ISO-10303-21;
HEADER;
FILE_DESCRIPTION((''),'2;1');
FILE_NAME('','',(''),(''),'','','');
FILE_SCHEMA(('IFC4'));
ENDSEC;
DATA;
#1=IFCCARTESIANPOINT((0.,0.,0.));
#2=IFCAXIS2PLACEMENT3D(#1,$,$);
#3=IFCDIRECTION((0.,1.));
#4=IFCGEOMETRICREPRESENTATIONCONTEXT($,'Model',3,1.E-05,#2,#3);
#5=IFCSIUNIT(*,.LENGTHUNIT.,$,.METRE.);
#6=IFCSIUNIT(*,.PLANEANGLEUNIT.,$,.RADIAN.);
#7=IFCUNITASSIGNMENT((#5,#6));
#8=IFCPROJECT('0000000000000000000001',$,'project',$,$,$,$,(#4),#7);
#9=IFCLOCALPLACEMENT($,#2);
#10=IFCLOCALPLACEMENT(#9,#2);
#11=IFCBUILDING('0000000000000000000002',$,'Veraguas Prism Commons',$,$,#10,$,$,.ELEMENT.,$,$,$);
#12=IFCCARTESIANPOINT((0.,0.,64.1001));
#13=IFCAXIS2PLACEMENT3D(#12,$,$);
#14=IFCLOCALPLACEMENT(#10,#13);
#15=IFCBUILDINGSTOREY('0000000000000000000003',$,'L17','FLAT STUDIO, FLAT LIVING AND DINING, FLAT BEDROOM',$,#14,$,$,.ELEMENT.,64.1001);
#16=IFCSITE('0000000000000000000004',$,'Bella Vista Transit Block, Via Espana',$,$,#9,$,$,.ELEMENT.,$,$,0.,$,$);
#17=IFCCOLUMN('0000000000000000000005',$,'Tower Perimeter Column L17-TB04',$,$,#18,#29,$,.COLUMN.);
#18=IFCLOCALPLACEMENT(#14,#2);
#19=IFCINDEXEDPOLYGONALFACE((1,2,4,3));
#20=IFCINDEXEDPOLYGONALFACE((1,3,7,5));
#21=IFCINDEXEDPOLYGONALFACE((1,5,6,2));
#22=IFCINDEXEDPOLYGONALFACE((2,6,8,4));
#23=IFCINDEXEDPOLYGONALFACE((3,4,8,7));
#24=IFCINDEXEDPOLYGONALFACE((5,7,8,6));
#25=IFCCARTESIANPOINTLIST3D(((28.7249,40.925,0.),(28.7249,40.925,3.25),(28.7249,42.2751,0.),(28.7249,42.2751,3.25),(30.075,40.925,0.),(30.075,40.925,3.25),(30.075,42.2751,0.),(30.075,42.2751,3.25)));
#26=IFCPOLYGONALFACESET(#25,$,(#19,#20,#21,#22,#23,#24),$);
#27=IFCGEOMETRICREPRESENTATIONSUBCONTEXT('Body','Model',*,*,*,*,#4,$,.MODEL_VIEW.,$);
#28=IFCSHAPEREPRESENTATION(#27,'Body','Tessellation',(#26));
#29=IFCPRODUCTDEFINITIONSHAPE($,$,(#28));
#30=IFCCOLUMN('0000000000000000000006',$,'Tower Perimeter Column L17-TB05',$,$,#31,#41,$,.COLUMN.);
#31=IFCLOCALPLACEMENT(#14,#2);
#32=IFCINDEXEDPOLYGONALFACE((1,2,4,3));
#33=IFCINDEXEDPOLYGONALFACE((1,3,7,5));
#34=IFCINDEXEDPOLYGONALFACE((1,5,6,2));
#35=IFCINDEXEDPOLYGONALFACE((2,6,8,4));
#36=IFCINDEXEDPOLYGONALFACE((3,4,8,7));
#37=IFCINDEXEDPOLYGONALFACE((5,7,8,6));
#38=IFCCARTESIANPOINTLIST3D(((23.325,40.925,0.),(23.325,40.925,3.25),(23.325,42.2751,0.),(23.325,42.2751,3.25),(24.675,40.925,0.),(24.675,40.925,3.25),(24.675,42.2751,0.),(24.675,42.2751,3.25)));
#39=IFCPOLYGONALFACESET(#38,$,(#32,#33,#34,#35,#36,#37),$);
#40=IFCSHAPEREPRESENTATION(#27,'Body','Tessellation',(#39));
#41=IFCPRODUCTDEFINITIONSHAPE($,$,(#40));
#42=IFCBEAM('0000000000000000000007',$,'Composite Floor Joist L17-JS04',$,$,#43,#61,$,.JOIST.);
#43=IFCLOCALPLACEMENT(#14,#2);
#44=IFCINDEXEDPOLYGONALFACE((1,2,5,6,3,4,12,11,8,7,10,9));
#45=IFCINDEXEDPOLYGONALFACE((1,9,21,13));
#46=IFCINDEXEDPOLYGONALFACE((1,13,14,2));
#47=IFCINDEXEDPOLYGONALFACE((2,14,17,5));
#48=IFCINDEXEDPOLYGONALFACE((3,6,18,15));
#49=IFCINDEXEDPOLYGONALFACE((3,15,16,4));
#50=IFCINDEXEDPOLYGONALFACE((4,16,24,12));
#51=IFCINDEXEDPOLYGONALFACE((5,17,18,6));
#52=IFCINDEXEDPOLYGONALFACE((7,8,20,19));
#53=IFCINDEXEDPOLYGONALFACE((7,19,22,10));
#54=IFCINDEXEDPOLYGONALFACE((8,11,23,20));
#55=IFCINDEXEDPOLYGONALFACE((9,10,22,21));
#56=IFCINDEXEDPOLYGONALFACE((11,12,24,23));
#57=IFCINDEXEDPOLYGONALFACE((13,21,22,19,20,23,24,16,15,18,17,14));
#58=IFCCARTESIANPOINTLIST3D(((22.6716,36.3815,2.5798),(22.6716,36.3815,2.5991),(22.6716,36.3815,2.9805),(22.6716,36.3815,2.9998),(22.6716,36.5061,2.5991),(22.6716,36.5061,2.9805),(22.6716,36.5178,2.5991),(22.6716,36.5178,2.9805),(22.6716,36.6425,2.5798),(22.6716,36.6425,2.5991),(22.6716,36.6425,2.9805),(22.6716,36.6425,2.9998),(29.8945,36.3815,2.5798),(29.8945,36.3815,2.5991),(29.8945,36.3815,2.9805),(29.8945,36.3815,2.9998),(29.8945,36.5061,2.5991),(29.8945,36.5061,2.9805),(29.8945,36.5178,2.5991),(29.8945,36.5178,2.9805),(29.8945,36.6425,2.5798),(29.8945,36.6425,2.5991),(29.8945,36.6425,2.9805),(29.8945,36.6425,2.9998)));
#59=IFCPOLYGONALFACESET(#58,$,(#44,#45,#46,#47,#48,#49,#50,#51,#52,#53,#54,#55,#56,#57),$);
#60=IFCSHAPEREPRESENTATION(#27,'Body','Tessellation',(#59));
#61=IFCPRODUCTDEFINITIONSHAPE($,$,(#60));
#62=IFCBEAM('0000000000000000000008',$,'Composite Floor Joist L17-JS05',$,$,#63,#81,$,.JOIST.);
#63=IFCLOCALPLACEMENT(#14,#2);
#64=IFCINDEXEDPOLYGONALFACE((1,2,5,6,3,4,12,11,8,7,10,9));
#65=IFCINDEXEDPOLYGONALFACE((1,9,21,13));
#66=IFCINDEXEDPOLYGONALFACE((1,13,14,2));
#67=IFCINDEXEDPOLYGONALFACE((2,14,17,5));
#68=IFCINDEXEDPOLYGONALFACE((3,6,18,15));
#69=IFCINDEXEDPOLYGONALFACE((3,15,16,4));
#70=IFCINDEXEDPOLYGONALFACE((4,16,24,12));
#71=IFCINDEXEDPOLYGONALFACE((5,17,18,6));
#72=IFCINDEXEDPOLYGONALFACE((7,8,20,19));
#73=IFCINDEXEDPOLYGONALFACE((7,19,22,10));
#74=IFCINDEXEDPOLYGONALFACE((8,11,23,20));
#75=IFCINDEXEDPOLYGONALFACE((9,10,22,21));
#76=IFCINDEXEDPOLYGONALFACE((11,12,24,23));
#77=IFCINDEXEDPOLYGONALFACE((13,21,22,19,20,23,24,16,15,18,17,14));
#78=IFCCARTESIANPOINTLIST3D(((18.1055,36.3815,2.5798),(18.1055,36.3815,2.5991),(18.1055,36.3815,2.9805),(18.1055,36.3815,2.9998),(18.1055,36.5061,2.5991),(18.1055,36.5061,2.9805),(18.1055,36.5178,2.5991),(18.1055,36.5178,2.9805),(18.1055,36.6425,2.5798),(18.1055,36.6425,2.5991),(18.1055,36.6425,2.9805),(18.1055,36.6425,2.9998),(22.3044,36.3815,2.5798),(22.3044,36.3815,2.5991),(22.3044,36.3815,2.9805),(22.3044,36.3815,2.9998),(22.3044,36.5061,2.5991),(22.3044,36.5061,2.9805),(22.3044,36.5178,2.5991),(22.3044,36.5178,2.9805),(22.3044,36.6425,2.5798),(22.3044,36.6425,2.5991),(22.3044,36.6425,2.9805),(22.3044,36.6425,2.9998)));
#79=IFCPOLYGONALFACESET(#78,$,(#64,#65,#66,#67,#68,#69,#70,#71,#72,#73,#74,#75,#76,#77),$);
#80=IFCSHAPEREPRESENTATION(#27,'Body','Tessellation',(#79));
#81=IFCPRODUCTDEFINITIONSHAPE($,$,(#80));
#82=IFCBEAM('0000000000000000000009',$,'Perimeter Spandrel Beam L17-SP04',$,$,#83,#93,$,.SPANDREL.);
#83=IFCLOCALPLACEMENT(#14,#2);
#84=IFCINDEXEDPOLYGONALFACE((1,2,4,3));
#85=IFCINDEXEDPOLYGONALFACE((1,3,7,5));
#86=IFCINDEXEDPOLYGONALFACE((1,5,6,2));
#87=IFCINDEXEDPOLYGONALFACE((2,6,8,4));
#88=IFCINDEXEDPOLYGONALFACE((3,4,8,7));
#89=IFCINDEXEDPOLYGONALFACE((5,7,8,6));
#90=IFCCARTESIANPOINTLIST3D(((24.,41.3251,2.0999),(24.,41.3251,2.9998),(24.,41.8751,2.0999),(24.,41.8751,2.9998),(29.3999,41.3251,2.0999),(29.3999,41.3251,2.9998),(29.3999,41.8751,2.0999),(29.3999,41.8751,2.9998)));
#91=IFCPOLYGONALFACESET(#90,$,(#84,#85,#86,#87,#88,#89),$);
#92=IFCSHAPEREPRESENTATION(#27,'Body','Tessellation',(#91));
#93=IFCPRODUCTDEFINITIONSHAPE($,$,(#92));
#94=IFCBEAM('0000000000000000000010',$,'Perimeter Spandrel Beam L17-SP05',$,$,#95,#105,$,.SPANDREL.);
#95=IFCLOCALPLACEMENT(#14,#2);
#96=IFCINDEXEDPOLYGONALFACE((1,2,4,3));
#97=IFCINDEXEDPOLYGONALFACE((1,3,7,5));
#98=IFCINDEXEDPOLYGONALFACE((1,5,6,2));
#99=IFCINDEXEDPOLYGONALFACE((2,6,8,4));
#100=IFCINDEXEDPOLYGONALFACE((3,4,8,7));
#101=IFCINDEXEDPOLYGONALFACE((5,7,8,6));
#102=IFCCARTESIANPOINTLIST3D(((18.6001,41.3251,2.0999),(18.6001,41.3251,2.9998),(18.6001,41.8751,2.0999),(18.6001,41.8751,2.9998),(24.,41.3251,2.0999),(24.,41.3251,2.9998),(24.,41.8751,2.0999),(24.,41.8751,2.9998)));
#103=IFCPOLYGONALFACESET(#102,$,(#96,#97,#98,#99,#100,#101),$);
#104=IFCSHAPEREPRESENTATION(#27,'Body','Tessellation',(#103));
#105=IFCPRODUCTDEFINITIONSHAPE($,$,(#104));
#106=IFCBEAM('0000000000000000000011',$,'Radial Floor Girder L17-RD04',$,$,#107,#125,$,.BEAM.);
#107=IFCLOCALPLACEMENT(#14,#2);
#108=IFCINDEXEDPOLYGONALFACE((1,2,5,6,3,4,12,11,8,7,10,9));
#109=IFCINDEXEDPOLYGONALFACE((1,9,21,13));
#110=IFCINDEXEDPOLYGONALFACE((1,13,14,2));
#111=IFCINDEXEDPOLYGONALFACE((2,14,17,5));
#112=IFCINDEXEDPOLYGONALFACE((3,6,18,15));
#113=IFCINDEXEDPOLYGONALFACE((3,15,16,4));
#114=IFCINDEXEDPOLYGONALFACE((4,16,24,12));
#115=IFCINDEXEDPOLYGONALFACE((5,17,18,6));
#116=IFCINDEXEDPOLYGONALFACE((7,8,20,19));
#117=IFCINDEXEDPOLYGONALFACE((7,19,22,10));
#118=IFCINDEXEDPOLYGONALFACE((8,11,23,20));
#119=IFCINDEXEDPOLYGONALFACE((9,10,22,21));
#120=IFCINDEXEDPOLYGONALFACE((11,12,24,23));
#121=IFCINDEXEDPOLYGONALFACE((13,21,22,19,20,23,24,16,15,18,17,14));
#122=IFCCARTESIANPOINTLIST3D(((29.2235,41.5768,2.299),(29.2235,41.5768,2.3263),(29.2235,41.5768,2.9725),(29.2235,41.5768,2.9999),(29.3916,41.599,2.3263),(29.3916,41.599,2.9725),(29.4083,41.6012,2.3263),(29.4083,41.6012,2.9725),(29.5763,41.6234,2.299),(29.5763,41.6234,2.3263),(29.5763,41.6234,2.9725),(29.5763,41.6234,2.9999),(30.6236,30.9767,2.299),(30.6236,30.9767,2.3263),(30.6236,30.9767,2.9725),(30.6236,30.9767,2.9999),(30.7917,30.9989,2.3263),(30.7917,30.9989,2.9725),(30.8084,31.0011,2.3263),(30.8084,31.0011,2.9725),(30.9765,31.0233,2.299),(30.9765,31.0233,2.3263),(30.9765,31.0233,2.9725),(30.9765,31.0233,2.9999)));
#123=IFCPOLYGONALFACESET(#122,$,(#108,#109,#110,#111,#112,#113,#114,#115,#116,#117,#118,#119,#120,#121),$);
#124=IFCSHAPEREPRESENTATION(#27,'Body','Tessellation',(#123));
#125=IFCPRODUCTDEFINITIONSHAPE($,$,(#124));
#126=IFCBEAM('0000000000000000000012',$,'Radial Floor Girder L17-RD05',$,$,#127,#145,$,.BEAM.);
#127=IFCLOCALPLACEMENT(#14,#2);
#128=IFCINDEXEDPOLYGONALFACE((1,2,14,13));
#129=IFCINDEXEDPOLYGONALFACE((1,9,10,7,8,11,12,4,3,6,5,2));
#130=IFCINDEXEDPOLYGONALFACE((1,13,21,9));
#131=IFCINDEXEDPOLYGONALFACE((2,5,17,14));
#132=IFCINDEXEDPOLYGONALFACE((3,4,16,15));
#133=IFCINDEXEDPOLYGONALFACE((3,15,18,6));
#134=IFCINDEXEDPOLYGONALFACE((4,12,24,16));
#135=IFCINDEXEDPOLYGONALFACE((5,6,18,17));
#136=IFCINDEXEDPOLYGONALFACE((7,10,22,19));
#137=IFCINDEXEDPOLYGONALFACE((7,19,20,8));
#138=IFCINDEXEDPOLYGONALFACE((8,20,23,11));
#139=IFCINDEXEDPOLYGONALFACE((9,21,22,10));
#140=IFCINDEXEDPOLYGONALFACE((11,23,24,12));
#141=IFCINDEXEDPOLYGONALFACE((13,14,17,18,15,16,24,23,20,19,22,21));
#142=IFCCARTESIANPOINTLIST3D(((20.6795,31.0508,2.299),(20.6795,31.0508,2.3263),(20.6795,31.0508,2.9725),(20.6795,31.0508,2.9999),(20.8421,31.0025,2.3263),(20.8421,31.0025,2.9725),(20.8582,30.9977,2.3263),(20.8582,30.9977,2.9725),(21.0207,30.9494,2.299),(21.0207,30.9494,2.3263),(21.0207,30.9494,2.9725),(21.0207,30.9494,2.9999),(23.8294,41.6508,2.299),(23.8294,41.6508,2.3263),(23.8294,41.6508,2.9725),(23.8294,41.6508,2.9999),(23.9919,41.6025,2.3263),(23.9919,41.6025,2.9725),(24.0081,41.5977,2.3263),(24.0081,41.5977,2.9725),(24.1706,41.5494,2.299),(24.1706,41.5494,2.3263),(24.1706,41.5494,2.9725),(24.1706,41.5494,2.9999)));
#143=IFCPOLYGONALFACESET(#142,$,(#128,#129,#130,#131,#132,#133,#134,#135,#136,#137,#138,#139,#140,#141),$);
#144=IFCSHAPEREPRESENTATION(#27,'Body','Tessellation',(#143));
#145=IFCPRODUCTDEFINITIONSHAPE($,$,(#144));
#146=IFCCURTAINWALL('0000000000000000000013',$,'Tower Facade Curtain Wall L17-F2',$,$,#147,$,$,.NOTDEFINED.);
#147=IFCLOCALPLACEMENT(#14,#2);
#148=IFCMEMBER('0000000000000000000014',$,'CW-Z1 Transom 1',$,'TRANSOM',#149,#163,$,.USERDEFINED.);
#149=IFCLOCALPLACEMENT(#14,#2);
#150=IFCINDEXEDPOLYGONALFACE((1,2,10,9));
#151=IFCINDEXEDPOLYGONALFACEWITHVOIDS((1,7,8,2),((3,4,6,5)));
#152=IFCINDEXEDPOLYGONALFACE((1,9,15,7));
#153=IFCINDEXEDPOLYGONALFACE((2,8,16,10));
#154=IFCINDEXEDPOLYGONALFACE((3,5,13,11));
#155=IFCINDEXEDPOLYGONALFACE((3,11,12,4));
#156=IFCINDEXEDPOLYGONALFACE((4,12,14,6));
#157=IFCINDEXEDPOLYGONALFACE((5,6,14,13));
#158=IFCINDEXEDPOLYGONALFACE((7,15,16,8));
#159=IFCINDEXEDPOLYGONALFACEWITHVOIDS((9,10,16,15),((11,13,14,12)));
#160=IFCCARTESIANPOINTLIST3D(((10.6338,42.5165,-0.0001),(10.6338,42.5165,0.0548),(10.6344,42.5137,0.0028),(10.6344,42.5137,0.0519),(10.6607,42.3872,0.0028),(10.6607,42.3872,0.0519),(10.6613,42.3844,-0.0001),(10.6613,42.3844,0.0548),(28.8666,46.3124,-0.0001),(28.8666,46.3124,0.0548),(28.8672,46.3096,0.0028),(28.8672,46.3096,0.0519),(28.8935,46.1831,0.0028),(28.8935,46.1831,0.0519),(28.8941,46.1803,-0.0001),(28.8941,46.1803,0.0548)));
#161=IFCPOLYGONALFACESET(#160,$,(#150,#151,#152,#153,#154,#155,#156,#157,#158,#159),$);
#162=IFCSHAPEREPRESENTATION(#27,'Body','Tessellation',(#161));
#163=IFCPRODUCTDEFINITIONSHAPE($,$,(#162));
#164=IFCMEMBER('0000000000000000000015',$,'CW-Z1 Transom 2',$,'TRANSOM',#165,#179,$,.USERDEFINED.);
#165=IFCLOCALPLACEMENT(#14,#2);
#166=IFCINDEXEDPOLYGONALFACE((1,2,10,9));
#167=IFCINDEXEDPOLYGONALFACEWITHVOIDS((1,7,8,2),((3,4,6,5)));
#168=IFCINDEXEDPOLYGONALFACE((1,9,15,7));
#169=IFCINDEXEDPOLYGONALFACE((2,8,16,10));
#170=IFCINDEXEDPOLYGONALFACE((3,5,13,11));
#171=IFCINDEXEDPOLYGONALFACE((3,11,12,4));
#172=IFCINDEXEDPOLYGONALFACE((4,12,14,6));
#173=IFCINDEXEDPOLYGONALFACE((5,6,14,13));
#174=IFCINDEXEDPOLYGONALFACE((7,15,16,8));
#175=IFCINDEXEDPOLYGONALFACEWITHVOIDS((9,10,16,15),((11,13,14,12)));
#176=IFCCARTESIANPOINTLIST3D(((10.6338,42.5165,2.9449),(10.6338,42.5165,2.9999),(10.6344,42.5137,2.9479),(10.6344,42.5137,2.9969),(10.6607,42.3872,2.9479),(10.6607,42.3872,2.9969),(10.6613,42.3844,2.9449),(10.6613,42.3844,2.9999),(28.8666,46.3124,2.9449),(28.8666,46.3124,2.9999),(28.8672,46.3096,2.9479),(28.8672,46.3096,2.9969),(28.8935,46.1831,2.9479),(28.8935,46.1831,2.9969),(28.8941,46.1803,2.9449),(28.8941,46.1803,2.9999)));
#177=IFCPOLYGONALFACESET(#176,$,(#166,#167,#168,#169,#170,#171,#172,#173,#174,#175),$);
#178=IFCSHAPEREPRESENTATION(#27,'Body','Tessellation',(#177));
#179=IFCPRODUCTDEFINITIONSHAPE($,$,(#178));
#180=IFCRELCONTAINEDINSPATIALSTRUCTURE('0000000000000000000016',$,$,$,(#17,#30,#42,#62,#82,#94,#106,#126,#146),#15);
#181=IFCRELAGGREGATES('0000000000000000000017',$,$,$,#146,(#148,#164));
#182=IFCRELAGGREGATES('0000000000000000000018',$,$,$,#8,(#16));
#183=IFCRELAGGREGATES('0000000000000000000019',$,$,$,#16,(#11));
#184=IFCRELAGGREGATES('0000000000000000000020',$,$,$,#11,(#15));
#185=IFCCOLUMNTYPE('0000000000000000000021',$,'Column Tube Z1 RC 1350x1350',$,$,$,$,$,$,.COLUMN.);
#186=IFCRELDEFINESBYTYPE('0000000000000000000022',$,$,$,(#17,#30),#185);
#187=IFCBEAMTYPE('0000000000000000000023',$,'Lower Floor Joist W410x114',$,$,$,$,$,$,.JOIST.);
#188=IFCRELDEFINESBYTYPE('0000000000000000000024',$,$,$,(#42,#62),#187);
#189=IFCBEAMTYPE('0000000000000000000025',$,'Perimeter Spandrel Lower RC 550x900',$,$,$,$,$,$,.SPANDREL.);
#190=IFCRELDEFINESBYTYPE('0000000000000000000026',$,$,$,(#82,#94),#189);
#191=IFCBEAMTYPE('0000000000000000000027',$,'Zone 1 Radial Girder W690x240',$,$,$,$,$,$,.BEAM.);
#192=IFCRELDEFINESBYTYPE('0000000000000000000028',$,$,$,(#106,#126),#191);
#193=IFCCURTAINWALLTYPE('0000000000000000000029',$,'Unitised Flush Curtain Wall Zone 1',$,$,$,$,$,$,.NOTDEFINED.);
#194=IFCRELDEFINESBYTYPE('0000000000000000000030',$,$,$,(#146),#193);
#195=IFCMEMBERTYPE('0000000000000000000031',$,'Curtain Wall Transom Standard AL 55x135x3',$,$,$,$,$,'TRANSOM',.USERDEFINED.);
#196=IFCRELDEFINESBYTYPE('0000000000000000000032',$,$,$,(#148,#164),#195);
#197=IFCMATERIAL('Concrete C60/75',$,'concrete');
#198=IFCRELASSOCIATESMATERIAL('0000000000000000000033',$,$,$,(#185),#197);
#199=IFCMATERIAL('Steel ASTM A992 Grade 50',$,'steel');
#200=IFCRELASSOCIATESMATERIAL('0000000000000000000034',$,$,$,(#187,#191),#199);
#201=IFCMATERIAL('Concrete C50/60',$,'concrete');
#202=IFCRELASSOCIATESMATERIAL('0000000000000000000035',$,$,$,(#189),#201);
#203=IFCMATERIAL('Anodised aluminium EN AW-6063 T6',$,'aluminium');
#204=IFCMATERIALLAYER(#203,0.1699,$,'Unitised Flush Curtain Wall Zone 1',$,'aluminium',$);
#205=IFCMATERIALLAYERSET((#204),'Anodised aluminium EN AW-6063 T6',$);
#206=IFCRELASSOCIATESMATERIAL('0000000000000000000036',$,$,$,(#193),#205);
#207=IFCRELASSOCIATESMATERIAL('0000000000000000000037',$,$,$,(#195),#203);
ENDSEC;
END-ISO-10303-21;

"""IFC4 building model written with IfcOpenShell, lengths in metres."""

from ifc_helpers import new_model, si_unit, direction, frame, origin, origin_2d, place, context, subcontext, project, spatial, rectangle, hollow_rectangle, i_section, extrude, source, transform, mapped, material, layer, layer_set, material_profile, profile_set, type_object, element, aggregate, save


model = new_model("IFC4")

# Units and contexts
model_context = context("Model", 3, precision=1e-05, world=origin(), true_north=direction((0.0, 1.0)))
body_context = subcontext(model_context, "Body", "Model", "MODEL_VIEW")
ifc_project = project(units=[si_unit("LENGTHUNIT", "METRE"), si_unit("PLANEANGLEUNIT", "RADIAN")], contexts=[model_context])

# Site, building, storey
site_placement = place(None, origin())
site = spatial("IfcSite", under=ifc_project, at=site_placement, Name="Bella Vista Transit Block, Via Espana", CompositionType="ELEMENT", RefElevation=0.0)
building_placement = place(site_placement, origin())
building = spatial("IfcBuilding", under=site, at=building_placement, Name="Veraguas Prism Commons", CompositionType="ELEMENT")
storey_placement = place(building_placement, frame((0.0, 0.0, 64.1001)))
storey = spatial("IfcBuildingStorey", under=building, at=storey_placement, Name="L17", Description="FLAT STUDIO, FLAT LIVING AND DINING, FLAT BEDROOM", CompositionType="ELEMENT", Elevation=64.1001)

# Columns
ifc_material_1 = material(Name="Concrete C60/75", Category="concrete")
ifc_material_profile_1 = material_profile(ifc_material_1, rectangle(XDim=1.3501, YDim=1.3501, at=origin_2d()), Name="RC1350X1350")
ifc_profile_set_1 = profile_set([ifc_material_profile_1], Name="Concrete C60/75")
column_type = type_object("IfcColumnType", Name="Column Tube Z1 RC 1350x1350", PredefinedType="COLUMN", material=ifc_profile_set_1)
for number, where, z_axis, x_axis, name in (
    (1, (29.3999, 41.6001, 0.0), (0.0, 0.0, 1.0), (1.0, 0.0, 0.0), "Tower Perimeter Column L17-TB04"),
    (2, (24.0, 41.6001, 0.0), (0.0, 0.0, 1.0), (1.0, 0.0, 0.0), "Tower Perimeter Column L17-TB05"),
):
    element("IfcColumn", number, at=place(storey_placement, frame(where, z_axis=z_axis, x_axis=x_axis)), inside=storey, type_object=column_type, Name=name, PredefinedType="COLUMN", context=body_context, shape_type="SweptSolid", body=[
        extrude(rectangle(XDim=1.3501, YDim=1.3501, at=origin_2d()), origin(), (0.0, 0.0, 1.0), 3.25),
    ])

# Beams
ifc_material_2 = material(Name="Steel ASTM A992 Grade 50", Category="steel")
ifc_material_profile_2 = material_profile(ifc_material_2, i_section(OverallWidth=0.261, OverallDepth=0.4199, WebThickness=0.0117, FlangeThickness=0.0193, at=origin_2d()), Name="W410X114")
ifc_profile_set_2 = profile_set([ifc_material_profile_2], Name="Steel ASTM A992 Grade 50")
beam_type_1 = type_object("IfcBeamType", Name="Lower Floor Joist W410x114", PredefinedType="JOIST", material=ifc_profile_set_2)
beam_1_placement = place(storey_placement, frame((29.8945, 36.512, 2.7898), z_axis=(-1.0, 0.0, 0.0), x_axis=(0.0, -1.0, 0.0)))
element("IfcBeam", 3, at=beam_1_placement, inside=storey, type_object=beam_type_1, Name="Composite Floor Joist L17-JS04", PredefinedType="JOIST", context=body_context, shape_type="SweptSolid", body=[
    extrude(i_section(OverallWidth=0.261, OverallDepth=0.4199, WebThickness=0.0117, FlangeThickness=0.0193, at=origin_2d()), origin(), (0.0, 0.0, 1.0), 7.2229),
])
beam_2_placement = place(storey_placement, frame((22.3044, 36.512, 2.7898), z_axis=(-1.0, 0.0, 0.0), x_axis=(0.0, -1.0, 0.0)))
element("IfcBeam", 4, at=beam_2_placement, inside=storey, type_object=beam_type_1, Name="Composite Floor Joist L17-JS05", PredefinedType="JOIST", context=body_context, shape_type="SweptSolid", body=[
    extrude(i_section(OverallWidth=0.261, OverallDepth=0.4199, WebThickness=0.0117, FlangeThickness=0.0193, at=origin_2d()), origin(), (0.0, 0.0, 1.0), 4.199),
])
ifc_material_3 = material(Name="Concrete C50/60", Category="concrete")
ifc_material_profile_3 = material_profile(ifc_material_3, rectangle(XDim=0.55, YDim=0.8999, at=origin_2d()), Name="RC550X900")
ifc_profile_set_3 = profile_set([ifc_material_profile_3], Name="Concrete C50/60")
beam_type_2 = type_object("IfcBeamType", Name="Perimeter Spandrel Lower RC 550x900", PredefinedType="SPANDREL", material=ifc_profile_set_3)
for number, where, z_axis, x_axis, name in (
    (5, (29.3999, 41.6001, 2.5498), (-1.0, 0.0, 0.0), (0.0, -1.0, 0.0), "Perimeter Spandrel Beam L17-SP04"),
    (6, (24.0, 41.6001, 2.5498), (-1.0, 0.0, 0.0), (0.0, -1.0, 0.0), "Perimeter Spandrel Beam L17-SP05"),
):
    element("IfcBeam", number, at=place(storey_placement, frame(where, z_axis=z_axis, x_axis=x_axis)), inside=storey, type_object=beam_type_2, Name=name, PredefinedType="SPANDREL", context=body_context, shape_type="SweptSolid", body=[
        extrude(rectangle(XDim=0.55, YDim=0.8999, at=origin_2d()), origin(), (0.0, 0.0, 1.0), 5.3999),
    ])
ifc_material_profile_4 = material_profile(ifc_material_2, i_section(OverallWidth=0.356, OverallDepth=0.7009, WebThickness=0.0168, FlangeThickness=0.0273, at=origin_2d()), Name="W690X240")
ifc_profile_set_4 = profile_set([ifc_material_profile_4], Name="Steel ASTM A992 Grade 50")
beam_type_3 = type_object("IfcBeamType", Name="Zone 1 Radial Girder W690x240", PredefinedType="BEAM", material=ifc_profile_set_4)
beam_3_placement = place(storey_placement, frame((29.3999, 41.6001, 2.6494), z_axis=(0.130951, -0.991389, 0.0), x_axis=(0.991389, 0.130951, 0.0)))
element("IfcBeam", 7, at=beam_3_placement, inside=storey, type_object=beam_type_3, Name="Radial Floor Girder L17-RD04", PredefinedType="BEAM", context=body_context, shape_type="SweptSolid", body=[
    extrude(i_section(OverallWidth=0.356, OverallDepth=0.7009, WebThickness=0.0168, FlangeThickness=0.0273, at=origin_2d()), origin(), (0.0, 0.0, 1.0), 10.6921),
])
beam_4_placement = place(storey_placement, frame((24.0, 41.6001, 2.6494), z_axis=(-0.284847, -0.958573, 0.0), x_axis=(0.958573, -0.284847, 0.0)))
element("IfcBeam", 8, at=beam_4_placement, inside=storey, type_object=beam_type_3, Name="Radial Floor Girder L17-RD05", PredefinedType="BEAM", context=body_context, shape_type="SweptSolid", body=[
    extrude(i_section(OverallWidth=0.356, OverallDepth=0.7009, WebThickness=0.0168, FlangeThickness=0.0273, at=origin_2d()), origin(), (0.0, 0.0, 1.0), 11.0581),
])

# Curtain wall, members
ifc_material_4 = material(Name="Anodised aluminium EN AW-6063 T6", Category="aluminium")
ifc_layer_1 = layer(ifc_material_4, 0.1699, Name="Unitised Flush Curtain Wall Zone 1", Category="aluminium")
ifc_layer_set_1 = layer_set([ifc_layer_1], Name="Anodised aluminium EN AW-6063 T6")
curtain_wall_type = type_object("IfcCurtainWallType", Name="Unitised Flush Curtain Wall Zone 1", PredefinedType="NOTDEFINED", material=ifc_layer_set_1)
curtain_wall_1_placement = place(storey_placement, origin())
curtain_wall_1 = element("IfcCurtainWall", 9, at=curtain_wall_1_placement, inside=storey, type_object=curtain_wall_type, Name="Tower Facade Curtain Wall L17-F2", PredefinedType="NOTDEFINED")
ifc_material_profile_5 = material_profile(ifc_material_4, hollow_rectangle(XDim=0.0549, YDim=0.135, WallThickness=0.0029, at=origin_2d()), Name="AL55X135X3")
ifc_profile_set_5 = profile_set([ifc_material_profile_5], Name="Anodised aluminium EN AW-6063 T6")
member_type_1 = type_object("IfcMemberType", Name="Curtain Wall Transom Standard AL 55x135x3", ElementType="TRANSOM", PredefinedType="USERDEFINED", material=ifc_profile_set_5)
shared_shape_1 = source(origin(), body_context, "Body", "SweptSolid", [
    extrude(hollow_rectangle(XDim=0.0549, YDim=0.135, WallThickness=0.0029, at=origin_2d()), origin(), (0.0, 0.0, 1.0), 18.6238),
])
member_1_placement = place(storey_placement, frame((28.8804, 46.2463, 0.0273), z_axis=(-0.979009, -0.203819, 0.0), x_axis=(0.0, 0.0, 1.0)))
member_1 = element("IfcMember", 10, at=member_1_placement, type_object=member_type_1, Name="CW-Z1 Transom 1", ObjectType="TRANSOM", PredefinedType="USERDEFINED", context=body_context, shape_type="MappedRepresentation", body=[
    mapped(shared_shape_1, transform((0.0, 0.0, 0.0), scale=1.0)),
])
member_2_placement = place(storey_placement, frame((28.8804, 46.2463, 2.9724), z_axis=(-0.979009, -0.203819, 0.0), x_axis=(0.0, 0.0, 1.0)))
member_2 = element("IfcMember", 11, at=member_2_placement, type_object=member_type_1, Name="CW-Z1 Transom 2", ObjectType="TRANSOM", PredefinedType="USERDEFINED", context=body_context, shape_type="MappedRepresentation", body=[
    mapped(shared_shape_1, transform((0.0, 0.0, 0.0), scale=1.0)),
])

aggregate(curtain_wall_1, [member_1, member_2])

save(model, "model.ifc")
